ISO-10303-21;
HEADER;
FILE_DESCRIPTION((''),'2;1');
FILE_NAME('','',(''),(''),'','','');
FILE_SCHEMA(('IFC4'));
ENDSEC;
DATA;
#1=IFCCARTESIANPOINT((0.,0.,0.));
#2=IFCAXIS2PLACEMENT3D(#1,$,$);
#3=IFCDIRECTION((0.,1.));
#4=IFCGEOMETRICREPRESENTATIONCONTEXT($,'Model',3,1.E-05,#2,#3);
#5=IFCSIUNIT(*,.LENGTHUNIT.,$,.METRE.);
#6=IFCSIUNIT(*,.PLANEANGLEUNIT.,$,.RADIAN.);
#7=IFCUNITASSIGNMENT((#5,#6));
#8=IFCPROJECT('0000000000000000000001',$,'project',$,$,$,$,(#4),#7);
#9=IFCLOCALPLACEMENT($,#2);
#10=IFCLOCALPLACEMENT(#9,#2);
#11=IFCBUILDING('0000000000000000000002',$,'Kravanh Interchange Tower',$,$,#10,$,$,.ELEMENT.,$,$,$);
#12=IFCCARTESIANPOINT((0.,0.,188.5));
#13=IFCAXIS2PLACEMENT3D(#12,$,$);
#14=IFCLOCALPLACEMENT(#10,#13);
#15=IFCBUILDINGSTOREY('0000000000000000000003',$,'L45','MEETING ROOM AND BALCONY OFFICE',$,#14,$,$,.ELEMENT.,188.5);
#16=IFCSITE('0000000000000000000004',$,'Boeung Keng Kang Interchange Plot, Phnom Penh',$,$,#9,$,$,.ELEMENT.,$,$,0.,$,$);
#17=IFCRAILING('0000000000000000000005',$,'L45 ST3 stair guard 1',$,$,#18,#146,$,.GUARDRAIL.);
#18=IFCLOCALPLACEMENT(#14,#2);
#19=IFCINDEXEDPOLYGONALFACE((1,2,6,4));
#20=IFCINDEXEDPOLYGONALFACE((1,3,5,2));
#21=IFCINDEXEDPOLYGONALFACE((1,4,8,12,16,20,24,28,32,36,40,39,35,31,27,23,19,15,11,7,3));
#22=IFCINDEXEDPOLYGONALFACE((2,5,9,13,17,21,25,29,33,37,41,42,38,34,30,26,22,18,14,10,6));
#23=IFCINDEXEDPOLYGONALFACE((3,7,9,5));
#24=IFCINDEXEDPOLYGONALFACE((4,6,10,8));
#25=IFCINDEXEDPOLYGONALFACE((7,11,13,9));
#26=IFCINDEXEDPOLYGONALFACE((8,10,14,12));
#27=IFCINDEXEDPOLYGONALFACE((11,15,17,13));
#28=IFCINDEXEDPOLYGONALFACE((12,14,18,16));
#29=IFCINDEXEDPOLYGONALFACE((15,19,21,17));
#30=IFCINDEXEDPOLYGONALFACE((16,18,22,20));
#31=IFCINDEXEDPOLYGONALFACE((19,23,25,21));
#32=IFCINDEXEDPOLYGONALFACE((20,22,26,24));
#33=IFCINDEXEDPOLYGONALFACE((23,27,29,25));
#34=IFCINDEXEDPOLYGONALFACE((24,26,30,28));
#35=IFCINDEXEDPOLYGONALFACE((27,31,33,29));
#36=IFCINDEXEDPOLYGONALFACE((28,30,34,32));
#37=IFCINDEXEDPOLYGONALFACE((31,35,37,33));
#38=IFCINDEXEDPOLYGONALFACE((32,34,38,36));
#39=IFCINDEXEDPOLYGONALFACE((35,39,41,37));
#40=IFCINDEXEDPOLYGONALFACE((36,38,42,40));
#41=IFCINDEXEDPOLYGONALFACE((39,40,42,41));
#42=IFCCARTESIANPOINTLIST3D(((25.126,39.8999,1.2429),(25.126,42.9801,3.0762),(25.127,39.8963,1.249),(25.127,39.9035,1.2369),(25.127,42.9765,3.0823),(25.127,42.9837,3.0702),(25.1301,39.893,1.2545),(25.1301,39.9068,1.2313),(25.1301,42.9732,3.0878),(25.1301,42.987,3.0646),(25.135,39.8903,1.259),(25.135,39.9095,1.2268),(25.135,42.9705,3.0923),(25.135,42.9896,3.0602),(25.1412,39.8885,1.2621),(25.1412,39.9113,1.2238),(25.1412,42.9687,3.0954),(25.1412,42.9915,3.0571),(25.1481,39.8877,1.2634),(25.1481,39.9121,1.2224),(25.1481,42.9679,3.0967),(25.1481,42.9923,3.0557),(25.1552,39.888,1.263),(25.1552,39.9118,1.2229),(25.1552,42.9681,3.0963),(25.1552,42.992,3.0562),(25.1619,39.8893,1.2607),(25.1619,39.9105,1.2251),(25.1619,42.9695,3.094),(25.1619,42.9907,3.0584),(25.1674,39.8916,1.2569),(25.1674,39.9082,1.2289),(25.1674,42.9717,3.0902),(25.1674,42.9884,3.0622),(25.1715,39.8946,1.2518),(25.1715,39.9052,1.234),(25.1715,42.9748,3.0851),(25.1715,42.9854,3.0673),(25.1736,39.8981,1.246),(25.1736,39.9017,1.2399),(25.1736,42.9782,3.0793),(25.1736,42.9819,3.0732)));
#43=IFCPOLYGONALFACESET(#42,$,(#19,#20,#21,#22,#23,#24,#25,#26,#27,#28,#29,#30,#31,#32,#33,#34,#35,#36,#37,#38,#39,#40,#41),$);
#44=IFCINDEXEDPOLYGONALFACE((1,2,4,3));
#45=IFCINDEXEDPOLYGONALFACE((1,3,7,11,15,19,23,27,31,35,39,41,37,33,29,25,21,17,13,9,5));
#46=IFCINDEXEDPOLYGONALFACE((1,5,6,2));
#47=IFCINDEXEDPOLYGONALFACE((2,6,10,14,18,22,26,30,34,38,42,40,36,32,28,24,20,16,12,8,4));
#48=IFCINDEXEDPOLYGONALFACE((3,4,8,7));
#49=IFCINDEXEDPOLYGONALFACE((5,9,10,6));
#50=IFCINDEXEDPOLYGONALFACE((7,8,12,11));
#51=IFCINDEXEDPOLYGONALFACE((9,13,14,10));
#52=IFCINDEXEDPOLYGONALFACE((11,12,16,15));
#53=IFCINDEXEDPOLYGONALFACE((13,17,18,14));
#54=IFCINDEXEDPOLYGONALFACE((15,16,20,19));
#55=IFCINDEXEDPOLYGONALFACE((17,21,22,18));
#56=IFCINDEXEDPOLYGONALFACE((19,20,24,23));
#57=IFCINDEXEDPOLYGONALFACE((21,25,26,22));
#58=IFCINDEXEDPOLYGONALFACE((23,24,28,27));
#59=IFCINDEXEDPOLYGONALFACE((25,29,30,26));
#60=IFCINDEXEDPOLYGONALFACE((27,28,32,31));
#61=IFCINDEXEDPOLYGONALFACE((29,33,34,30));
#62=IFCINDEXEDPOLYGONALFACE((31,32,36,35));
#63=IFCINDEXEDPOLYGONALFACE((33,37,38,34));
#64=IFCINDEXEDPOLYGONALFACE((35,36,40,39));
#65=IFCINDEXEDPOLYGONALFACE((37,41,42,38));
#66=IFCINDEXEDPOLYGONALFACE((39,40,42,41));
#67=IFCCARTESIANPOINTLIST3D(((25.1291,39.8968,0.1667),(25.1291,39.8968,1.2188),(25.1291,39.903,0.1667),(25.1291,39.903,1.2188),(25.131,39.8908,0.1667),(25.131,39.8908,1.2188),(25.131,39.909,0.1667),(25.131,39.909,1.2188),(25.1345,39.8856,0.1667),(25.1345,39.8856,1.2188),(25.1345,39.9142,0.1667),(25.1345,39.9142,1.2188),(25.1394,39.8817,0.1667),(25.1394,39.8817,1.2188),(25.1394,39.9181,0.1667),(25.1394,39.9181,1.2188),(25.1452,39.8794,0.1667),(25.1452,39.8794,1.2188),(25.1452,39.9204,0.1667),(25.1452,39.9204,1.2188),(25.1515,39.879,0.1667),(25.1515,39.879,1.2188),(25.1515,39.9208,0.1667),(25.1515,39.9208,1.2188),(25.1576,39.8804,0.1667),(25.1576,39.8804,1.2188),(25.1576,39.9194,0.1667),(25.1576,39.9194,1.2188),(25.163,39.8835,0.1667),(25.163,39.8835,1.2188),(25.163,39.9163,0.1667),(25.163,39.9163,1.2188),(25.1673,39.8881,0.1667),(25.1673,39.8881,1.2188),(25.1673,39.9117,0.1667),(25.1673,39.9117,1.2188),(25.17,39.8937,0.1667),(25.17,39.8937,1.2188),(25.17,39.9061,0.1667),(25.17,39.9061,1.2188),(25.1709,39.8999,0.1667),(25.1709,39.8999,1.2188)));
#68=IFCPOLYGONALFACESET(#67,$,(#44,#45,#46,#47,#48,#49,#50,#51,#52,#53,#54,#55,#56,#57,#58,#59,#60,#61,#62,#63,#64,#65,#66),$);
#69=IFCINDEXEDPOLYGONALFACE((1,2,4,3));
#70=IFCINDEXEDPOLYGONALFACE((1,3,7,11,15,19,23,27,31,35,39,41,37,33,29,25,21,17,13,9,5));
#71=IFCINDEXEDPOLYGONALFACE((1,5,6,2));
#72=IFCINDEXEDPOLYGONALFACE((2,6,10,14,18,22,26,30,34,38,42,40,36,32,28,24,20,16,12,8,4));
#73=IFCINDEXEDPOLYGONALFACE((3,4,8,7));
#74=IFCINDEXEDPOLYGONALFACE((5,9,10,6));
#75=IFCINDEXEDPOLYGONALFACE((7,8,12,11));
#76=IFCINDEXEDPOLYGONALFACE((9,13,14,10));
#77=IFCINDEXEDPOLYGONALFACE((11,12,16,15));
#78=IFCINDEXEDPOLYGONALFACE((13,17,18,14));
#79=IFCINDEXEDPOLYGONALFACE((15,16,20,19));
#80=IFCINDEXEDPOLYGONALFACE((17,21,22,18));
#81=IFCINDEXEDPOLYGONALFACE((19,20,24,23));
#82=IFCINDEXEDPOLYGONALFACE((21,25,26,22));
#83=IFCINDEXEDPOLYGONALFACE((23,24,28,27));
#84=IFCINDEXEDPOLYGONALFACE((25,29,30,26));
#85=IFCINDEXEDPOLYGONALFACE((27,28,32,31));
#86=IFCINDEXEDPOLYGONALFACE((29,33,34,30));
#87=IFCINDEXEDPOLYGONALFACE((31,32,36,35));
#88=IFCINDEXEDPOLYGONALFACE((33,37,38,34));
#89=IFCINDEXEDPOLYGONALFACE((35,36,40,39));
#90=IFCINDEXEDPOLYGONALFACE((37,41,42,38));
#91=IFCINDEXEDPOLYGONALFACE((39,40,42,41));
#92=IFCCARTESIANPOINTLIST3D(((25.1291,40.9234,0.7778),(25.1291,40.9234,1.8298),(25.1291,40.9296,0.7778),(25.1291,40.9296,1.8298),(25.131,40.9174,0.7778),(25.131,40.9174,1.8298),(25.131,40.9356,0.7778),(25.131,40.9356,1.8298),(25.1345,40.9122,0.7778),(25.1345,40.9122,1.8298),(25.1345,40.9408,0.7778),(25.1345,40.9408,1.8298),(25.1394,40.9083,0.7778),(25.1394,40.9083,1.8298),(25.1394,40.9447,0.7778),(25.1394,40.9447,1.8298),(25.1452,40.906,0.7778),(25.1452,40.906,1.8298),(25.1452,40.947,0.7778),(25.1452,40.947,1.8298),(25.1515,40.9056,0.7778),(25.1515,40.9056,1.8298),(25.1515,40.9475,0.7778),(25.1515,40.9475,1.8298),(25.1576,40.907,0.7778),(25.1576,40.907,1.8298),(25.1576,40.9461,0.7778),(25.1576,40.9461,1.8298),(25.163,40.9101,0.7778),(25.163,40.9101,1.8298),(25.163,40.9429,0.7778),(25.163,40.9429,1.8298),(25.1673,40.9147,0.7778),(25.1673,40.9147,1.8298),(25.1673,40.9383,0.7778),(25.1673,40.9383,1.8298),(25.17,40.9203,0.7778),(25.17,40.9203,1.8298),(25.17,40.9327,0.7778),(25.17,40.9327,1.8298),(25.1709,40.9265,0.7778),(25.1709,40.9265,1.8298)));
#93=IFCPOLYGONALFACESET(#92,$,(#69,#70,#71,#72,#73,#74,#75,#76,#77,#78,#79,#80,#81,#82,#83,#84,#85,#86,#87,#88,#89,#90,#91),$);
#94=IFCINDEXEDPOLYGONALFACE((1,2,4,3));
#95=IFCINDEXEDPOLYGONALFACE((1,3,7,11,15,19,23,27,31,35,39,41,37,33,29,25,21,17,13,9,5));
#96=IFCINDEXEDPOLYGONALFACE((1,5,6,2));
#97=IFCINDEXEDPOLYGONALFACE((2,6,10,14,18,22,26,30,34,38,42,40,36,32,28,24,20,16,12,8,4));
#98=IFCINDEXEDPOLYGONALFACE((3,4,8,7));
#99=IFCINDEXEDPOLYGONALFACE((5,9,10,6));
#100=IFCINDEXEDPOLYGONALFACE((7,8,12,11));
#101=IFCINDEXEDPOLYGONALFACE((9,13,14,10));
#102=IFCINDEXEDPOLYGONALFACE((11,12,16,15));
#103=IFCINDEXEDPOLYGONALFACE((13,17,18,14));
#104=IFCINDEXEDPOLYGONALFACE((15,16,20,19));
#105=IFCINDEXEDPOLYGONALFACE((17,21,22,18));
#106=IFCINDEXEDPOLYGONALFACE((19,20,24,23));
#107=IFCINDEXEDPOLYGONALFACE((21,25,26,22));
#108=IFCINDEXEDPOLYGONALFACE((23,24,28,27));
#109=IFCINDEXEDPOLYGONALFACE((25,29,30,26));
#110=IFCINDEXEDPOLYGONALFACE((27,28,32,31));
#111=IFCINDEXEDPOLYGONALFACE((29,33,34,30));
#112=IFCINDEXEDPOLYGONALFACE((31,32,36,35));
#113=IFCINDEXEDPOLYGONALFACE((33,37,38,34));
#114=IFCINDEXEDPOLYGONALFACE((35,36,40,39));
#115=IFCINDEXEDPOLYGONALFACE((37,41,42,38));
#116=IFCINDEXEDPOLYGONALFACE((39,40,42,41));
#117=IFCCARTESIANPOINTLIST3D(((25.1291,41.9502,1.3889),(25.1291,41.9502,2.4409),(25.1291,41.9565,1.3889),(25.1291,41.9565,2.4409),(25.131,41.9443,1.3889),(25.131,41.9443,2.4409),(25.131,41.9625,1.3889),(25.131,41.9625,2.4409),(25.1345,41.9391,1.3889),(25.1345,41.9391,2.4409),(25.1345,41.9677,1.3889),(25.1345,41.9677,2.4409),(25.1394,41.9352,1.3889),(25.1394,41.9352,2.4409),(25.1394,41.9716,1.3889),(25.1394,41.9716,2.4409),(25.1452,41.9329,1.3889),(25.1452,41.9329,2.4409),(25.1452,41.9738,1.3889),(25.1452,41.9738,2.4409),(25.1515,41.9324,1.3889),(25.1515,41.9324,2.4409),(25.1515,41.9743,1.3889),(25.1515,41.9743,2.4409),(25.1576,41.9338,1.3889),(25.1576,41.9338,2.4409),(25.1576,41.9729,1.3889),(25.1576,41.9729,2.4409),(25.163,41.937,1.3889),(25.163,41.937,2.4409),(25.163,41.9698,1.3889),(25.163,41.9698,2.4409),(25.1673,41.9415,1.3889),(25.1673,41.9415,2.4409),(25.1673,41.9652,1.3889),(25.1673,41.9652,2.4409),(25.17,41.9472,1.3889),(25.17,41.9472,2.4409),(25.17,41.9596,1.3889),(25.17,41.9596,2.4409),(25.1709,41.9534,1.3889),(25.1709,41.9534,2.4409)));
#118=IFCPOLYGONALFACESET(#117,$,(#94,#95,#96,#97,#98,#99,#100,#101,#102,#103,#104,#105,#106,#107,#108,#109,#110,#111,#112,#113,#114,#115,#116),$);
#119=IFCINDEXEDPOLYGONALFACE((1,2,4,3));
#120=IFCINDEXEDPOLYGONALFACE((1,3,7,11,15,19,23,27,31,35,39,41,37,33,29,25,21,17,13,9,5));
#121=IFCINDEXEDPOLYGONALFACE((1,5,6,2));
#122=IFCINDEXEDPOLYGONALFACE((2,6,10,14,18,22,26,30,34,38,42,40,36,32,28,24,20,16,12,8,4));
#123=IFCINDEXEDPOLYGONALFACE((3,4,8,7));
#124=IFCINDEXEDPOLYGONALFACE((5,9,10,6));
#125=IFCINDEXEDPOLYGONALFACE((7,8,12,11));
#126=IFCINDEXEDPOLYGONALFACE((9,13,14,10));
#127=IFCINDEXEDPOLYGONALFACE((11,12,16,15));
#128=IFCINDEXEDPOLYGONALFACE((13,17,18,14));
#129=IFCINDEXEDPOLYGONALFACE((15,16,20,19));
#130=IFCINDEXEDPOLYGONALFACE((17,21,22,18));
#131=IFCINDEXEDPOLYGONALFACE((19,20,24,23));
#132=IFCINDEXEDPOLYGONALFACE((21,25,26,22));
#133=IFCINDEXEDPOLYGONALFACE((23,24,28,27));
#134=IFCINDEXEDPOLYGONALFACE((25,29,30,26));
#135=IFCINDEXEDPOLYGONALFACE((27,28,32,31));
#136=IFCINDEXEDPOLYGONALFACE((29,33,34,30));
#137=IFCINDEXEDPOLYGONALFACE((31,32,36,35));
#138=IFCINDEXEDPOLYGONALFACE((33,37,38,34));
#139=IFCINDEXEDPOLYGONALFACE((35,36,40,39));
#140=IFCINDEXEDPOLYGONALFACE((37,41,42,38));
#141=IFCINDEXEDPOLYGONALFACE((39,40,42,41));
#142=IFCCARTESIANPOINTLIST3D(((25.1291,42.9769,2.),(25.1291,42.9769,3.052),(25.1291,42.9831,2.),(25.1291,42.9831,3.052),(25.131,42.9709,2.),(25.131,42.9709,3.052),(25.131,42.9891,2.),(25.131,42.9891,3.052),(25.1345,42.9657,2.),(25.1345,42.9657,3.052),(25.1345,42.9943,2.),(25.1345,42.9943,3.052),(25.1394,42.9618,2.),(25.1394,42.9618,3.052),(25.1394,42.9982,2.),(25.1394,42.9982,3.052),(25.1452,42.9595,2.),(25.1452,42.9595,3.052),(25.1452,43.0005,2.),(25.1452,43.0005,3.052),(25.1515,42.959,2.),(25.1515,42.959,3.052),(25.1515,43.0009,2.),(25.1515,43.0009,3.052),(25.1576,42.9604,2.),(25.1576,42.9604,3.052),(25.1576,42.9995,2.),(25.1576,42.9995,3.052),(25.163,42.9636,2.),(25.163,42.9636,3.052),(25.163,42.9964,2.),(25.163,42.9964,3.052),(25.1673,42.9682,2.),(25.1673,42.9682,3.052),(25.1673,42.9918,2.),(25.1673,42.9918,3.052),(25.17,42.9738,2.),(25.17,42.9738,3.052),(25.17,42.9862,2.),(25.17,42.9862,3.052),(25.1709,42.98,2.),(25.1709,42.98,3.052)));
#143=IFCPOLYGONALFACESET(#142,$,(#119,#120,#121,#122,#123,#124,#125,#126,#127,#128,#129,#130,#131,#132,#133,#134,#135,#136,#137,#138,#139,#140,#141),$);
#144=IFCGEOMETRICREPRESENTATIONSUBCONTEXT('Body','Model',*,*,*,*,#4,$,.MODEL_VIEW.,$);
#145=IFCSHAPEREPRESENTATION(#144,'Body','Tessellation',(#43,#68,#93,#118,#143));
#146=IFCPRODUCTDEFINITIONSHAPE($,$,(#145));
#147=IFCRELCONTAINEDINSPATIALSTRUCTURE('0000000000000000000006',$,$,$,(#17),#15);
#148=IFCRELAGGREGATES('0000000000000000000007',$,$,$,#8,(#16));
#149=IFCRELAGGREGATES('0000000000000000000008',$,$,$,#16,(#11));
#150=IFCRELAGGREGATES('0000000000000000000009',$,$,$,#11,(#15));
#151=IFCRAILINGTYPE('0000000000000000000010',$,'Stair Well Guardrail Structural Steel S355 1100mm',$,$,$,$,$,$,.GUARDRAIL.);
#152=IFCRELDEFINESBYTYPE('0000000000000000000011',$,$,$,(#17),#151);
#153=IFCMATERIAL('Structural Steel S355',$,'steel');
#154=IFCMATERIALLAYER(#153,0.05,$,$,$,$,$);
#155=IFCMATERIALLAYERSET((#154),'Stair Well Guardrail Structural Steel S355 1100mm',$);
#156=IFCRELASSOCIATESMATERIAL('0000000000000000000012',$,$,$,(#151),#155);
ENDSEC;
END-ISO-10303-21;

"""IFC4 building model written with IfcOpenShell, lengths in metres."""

from ifc_helpers import new_model, si_unit, direction, frame, origin, origin_2d, place, context, subcontext, project, spatial, circle, extrude, material, layer, layer_set, type_object, element, save


model = new_model("IFC4")

# Units and contexts
model_context = context("Model", 3, precision=1e-05, world=origin(), true_north=direction((0.0, 1.0)))
body_context = subcontext(model_context, "Body", "Model", "MODEL_VIEW")
ifc_project = project(units=[si_unit("LENGTHUNIT", "METRE"), si_unit("PLANEANGLEUNIT", "RADIAN")], contexts=[model_context])

# Site, building, storey
site_placement = place(None, origin())
site = spatial("IfcSite", under=ifc_project, at=site_placement, Name="Boeung Keng Kang Interchange Plot, Phnom Penh", CompositionType="ELEMENT", RefElevation=0.0)
building_placement = place(site_placement, origin())
building = spatial("IfcBuilding", under=site, at=building_placement, Name="Kravanh Interchange Tower", CompositionType="ELEMENT")
storey_placement = place(building_placement, frame((0.0, 0.0, 188.5)))
storey = spatial("IfcBuildingStorey", under=building, at=storey_placement, Name="L45", Description="MEETING ROOM AND BALCONY OFFICE", CompositionType="ELEMENT", Elevation=188.5)

# Railing
ifc_material_1 = material(Name="Structural Steel S355", Category="steel")
ifc_layer_1 = layer(ifc_material_1, 0.05)
ifc_layer_set_1 = layer_set([ifc_layer_1], Name="Stair Well Guardrail Structural Steel S355 1100mm")
railing_type_1 = type_object("IfcRailingType", Name="Stair Well Guardrail Structural Steel S355 1100mm", PredefinedType="GUARDRAIL", material=ifc_layer_set_1)
railing_1_placement = place(storey_placement, frame((25.1499, 39.8999, 0.1667)))
element("IfcRailing", 1, at=railing_1_placement, inside=storey, type_object=railing_type_1, Name="L45 ST3 stair guard 1", PredefinedType="GUARDRAIL", context=body_context, shape_type="SweptSolid", body=[
    extrude(circle(Radius=0.0239, at=origin_2d()), frame((0.0, 0.0, 1.0762), z_axis=(0.0, 0.859309, 0.511458), x_axis=(-1.0, 0.0, 0.0)), (0.0, 0.0, 1.0), 3.5845),
    extrude(circle(Radius=0.021, at=origin_2d()), origin(), (0.0, 0.0, 1.0), 1.052),
    extrude(circle(Radius=0.021, at=origin_2d()), frame((0.0, 1.0266, 0.6111)), (0.0, 0.0, 1.0), 1.052),
    extrude(circle(Radius=0.021, at=origin_2d()), frame((0.0, 2.0535, 1.2222)), (0.0, 0.0, 1.0), 1.052),
    extrude(circle(Radius=0.021, at=origin_2d()), frame((0.0, 3.0801, 1.8333)), (0.0, 0.0, 1.0), 1.052),
])

save(model, "model.ifc")
